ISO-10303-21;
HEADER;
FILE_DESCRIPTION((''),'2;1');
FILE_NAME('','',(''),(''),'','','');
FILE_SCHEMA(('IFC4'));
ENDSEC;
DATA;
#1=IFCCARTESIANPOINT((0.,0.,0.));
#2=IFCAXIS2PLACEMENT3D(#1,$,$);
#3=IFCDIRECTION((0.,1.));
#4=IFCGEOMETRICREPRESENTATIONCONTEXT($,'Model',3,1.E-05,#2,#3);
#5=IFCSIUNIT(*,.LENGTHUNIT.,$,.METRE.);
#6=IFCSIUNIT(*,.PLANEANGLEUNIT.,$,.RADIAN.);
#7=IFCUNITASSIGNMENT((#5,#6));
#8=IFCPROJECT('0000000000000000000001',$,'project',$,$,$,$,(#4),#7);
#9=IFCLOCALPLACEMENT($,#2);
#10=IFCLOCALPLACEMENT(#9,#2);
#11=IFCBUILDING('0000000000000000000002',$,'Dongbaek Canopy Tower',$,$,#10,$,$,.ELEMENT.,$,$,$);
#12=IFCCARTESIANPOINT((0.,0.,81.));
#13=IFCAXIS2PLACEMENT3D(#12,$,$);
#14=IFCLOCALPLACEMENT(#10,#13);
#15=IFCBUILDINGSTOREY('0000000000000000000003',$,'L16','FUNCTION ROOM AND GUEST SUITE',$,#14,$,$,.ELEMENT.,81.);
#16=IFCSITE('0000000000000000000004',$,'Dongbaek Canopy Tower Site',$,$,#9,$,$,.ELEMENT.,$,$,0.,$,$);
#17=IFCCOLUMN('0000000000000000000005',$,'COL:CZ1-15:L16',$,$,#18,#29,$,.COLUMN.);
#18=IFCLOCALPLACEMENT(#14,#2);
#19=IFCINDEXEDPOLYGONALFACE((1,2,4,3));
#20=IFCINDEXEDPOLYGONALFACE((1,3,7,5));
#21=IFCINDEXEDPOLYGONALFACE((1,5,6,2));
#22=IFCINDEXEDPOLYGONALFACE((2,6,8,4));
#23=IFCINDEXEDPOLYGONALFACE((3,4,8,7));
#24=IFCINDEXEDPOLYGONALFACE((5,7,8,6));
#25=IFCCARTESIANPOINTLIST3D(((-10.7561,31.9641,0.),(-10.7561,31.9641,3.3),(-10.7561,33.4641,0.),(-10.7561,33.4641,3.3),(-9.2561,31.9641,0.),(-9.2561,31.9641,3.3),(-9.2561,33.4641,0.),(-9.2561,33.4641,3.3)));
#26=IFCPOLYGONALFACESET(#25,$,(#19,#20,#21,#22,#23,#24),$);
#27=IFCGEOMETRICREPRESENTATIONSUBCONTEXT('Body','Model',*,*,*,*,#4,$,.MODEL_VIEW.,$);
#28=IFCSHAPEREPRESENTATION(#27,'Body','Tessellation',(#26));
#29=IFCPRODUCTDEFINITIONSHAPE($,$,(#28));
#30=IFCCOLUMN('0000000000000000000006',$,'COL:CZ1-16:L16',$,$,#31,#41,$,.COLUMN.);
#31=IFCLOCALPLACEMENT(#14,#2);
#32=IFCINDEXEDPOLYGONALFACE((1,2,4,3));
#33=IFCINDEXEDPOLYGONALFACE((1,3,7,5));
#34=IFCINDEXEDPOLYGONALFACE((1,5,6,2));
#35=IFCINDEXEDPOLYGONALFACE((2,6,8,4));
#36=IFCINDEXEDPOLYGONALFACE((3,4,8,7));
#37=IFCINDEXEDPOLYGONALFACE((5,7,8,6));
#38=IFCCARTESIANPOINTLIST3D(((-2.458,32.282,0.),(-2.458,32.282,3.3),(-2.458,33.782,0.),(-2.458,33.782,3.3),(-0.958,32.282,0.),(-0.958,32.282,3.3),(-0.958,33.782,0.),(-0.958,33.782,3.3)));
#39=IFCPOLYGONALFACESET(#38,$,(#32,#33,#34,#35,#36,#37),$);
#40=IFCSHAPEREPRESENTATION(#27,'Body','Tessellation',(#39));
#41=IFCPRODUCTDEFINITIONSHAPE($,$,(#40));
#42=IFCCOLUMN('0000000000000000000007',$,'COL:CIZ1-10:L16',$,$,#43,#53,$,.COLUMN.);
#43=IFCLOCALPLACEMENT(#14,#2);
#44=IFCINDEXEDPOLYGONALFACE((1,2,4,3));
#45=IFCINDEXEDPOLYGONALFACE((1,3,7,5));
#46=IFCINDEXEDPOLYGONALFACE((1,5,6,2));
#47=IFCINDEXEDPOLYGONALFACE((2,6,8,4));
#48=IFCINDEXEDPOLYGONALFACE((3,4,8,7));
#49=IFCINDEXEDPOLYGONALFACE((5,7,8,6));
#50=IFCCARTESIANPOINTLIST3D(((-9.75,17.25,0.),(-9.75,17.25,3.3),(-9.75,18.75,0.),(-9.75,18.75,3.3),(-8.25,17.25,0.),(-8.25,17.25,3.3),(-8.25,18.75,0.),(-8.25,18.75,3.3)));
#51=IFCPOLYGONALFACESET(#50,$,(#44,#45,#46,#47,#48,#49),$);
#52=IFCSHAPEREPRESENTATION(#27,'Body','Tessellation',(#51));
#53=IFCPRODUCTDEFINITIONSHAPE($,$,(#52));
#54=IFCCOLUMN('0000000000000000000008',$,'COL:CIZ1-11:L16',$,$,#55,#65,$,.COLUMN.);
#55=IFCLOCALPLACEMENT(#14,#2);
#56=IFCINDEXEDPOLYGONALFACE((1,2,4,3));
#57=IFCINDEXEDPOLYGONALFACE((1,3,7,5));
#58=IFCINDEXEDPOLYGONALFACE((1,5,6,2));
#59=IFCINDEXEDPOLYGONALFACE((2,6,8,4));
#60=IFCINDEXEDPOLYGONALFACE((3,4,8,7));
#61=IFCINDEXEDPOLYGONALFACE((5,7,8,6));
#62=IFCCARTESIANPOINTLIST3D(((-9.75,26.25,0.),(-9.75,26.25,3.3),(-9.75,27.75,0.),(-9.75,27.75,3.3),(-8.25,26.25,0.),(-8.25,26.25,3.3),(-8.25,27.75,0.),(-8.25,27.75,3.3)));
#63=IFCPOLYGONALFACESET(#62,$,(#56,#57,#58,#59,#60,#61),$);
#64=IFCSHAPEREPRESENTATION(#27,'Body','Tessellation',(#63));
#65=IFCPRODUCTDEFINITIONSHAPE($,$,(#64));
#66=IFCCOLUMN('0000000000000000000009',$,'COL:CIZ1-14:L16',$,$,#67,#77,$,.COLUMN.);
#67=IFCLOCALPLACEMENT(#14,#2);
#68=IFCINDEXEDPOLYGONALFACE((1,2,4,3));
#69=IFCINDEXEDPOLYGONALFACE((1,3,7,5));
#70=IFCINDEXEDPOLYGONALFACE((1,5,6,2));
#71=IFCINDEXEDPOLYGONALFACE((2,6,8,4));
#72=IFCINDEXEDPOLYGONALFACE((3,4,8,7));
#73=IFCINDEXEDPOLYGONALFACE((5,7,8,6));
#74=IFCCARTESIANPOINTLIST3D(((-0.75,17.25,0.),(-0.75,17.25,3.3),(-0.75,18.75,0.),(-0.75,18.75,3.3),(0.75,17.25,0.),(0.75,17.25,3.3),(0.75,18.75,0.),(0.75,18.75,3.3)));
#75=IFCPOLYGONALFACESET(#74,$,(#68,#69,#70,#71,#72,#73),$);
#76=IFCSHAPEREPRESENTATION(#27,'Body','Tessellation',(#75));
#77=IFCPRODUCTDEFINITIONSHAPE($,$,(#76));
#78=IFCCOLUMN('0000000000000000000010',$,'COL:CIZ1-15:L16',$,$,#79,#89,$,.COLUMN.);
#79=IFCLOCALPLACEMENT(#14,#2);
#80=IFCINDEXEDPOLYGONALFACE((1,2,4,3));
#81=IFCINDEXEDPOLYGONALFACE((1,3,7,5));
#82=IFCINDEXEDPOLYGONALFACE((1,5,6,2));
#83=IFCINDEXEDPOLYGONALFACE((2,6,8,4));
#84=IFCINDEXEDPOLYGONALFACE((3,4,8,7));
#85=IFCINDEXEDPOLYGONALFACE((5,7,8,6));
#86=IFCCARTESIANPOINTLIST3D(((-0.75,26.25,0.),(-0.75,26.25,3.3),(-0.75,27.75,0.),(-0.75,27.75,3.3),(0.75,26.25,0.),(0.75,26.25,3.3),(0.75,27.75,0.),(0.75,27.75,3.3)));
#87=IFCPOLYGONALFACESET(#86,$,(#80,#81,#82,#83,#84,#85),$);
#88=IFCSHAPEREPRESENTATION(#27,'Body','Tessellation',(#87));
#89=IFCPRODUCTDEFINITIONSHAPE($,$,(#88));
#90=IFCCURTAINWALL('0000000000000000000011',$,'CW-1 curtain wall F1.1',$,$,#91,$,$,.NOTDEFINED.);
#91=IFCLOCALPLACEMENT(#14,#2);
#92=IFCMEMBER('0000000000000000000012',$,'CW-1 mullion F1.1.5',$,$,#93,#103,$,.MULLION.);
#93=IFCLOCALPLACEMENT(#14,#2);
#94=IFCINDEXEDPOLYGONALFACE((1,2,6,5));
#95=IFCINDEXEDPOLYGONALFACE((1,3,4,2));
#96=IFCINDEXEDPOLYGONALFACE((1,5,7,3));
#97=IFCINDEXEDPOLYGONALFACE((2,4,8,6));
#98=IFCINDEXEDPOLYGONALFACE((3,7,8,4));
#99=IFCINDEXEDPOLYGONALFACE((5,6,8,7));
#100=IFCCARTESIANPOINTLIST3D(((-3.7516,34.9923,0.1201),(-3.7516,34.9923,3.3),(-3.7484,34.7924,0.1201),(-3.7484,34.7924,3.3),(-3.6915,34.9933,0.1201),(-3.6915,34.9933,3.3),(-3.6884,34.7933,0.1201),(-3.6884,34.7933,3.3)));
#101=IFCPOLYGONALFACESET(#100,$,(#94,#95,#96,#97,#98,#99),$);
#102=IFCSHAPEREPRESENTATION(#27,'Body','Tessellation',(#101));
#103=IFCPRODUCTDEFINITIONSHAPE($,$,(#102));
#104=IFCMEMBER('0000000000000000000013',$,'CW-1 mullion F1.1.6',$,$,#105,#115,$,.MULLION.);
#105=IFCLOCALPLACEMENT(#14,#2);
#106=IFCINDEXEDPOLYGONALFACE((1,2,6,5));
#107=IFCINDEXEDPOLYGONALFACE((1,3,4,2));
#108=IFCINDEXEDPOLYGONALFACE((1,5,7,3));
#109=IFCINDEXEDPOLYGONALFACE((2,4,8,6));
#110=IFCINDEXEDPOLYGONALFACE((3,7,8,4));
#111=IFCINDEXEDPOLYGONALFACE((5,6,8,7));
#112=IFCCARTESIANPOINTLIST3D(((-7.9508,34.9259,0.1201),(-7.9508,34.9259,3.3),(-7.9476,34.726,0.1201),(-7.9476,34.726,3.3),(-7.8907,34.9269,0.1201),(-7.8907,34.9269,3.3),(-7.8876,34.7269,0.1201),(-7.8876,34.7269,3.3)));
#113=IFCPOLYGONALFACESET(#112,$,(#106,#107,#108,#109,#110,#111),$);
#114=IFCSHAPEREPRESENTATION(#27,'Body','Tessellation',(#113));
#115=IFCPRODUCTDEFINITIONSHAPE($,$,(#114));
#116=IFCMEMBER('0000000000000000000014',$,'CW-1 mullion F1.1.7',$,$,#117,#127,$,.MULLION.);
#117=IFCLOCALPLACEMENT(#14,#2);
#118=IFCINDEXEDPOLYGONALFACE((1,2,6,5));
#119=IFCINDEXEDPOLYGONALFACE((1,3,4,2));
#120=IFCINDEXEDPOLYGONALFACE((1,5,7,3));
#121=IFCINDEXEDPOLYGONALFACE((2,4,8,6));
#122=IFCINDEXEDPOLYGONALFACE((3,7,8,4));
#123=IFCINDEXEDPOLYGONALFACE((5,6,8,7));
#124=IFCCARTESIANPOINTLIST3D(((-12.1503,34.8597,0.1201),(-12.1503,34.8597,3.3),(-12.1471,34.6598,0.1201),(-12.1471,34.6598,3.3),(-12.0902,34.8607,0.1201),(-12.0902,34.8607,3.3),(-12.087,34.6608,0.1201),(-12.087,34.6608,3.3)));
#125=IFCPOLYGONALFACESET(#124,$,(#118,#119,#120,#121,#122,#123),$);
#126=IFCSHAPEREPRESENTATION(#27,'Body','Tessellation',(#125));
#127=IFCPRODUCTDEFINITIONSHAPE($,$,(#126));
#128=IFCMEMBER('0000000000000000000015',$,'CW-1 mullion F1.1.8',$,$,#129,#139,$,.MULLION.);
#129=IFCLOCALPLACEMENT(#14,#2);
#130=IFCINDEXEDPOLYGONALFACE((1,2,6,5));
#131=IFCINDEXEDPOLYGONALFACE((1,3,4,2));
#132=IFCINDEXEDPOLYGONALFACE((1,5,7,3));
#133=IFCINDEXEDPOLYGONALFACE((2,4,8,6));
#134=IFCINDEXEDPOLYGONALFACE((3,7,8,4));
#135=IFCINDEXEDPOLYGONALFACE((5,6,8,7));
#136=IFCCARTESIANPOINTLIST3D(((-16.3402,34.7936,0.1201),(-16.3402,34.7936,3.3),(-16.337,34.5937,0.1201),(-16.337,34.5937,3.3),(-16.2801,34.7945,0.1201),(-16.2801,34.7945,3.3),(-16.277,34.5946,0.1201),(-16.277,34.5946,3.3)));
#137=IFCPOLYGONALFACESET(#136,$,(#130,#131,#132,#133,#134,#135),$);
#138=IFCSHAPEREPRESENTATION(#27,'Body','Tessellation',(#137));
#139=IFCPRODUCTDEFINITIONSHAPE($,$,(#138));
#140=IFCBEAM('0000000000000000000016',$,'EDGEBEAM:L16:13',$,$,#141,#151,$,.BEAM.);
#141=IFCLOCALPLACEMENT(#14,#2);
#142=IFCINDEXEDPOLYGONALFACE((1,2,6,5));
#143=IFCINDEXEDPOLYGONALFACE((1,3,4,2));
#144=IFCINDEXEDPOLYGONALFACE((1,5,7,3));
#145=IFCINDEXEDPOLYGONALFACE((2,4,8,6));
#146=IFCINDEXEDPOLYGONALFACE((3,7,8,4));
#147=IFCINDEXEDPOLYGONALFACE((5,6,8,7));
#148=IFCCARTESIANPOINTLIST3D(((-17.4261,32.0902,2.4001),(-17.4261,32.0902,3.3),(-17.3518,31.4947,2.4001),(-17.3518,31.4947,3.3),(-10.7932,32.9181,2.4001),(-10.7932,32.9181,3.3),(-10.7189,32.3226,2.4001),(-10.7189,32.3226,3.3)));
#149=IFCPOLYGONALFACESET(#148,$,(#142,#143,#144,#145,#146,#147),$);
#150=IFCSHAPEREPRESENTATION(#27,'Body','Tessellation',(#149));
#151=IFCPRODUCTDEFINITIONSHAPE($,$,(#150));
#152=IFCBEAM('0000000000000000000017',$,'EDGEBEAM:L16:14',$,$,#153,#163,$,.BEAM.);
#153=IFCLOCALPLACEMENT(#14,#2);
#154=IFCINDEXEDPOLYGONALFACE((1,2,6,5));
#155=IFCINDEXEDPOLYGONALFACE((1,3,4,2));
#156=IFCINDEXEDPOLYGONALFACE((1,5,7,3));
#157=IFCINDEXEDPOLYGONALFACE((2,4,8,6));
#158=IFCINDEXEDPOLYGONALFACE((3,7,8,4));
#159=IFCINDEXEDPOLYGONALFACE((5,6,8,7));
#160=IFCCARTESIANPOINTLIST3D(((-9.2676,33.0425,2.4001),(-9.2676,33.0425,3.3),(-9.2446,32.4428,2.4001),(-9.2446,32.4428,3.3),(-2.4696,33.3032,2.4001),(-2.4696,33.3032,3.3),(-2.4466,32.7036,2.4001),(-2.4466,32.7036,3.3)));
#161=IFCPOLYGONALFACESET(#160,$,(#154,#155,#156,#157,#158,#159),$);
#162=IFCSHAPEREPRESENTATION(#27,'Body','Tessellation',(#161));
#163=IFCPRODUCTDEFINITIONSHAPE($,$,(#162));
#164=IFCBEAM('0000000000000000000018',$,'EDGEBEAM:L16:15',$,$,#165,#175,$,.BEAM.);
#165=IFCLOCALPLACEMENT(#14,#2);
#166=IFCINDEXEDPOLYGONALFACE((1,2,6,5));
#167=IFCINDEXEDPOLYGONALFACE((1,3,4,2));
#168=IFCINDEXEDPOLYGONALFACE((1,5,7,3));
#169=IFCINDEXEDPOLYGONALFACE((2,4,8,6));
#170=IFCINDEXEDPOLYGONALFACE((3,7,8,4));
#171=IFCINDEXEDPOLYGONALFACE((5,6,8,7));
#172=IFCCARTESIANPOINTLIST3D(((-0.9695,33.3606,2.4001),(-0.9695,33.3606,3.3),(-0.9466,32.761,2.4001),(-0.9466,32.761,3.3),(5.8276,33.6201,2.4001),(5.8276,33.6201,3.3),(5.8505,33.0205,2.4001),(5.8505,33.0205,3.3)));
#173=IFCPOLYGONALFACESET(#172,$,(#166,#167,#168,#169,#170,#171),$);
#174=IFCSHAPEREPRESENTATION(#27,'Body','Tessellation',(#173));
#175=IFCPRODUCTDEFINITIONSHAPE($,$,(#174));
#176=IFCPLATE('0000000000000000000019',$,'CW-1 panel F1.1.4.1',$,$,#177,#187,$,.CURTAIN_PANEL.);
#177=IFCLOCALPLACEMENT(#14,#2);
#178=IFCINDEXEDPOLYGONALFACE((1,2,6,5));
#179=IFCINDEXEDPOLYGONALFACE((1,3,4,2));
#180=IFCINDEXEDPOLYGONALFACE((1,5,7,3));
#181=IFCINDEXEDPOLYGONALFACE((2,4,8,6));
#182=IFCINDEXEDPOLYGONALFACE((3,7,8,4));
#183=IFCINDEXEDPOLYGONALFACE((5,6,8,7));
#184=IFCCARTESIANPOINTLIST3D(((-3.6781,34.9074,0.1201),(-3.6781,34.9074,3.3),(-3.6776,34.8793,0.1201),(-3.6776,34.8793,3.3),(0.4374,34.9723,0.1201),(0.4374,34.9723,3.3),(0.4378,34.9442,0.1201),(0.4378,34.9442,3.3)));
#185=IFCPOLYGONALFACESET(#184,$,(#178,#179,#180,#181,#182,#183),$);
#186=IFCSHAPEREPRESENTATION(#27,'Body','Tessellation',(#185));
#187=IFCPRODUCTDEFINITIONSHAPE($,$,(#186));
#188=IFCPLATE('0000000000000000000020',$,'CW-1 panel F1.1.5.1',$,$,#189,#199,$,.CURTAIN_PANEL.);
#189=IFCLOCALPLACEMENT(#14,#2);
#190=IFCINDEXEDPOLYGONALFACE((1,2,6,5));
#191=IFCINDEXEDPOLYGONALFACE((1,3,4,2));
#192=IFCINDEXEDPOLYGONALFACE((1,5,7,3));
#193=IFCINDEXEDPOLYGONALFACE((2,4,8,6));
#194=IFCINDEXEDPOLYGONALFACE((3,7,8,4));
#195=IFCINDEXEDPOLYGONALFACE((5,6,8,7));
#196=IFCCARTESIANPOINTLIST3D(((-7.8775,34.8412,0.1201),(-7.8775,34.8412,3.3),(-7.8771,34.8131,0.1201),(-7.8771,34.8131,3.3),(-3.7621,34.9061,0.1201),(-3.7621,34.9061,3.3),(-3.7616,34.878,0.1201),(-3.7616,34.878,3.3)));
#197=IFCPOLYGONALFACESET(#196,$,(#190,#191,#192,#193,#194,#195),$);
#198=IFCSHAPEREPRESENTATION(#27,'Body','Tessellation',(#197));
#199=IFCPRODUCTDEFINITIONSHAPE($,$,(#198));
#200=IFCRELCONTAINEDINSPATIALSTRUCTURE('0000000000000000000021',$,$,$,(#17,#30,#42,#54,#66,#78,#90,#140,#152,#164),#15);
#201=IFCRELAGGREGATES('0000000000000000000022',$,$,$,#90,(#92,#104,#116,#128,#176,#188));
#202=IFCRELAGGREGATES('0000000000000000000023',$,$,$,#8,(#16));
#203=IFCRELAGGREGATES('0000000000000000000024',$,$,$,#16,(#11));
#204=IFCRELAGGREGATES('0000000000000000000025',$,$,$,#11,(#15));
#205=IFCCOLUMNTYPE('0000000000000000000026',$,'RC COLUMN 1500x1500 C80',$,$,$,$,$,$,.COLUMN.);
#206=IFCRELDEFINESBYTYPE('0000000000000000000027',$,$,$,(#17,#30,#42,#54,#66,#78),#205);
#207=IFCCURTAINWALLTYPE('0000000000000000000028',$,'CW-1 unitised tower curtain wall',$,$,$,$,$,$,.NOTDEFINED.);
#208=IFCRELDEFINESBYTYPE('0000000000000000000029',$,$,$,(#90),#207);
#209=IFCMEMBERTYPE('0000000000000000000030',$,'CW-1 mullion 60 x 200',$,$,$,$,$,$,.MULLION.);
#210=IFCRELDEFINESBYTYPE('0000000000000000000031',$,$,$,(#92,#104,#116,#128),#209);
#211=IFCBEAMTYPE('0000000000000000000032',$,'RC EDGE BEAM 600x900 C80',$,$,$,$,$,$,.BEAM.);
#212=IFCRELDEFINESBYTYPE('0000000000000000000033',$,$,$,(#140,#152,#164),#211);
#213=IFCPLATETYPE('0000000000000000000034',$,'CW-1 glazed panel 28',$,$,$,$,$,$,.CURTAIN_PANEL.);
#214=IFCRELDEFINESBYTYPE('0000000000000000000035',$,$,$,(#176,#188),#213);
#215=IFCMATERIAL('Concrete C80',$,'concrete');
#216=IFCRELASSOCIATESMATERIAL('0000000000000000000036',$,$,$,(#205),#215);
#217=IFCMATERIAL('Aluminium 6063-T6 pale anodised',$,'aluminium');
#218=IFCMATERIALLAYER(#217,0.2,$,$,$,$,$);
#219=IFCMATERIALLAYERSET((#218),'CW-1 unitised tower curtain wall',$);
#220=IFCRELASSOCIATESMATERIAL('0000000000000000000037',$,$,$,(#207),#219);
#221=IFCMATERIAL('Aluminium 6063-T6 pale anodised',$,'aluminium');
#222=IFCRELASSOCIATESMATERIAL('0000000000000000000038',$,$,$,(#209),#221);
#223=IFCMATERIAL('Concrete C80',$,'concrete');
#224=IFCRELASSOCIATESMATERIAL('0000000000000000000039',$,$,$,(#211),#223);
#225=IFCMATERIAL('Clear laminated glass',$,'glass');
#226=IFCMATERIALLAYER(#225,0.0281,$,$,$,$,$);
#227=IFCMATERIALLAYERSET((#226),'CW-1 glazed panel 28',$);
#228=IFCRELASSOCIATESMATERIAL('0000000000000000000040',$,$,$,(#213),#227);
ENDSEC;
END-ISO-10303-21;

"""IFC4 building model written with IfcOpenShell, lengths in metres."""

from ifc_helpers import new_model, si_unit, direction, frame, origin, origin_2d, place, context, subcontext, project, spatial, rectangle, extrude, material, layer, layer_set, material_profile, profile_set, type_object, element, aggregate, save


model = new_model("IFC4")

# Units and contexts
model_context = context("Model", 3, precision=1e-05, world=origin(), true_north=direction((0.0, 1.0)))
body_context = subcontext(model_context, "Body", "Model", "MODEL_VIEW")
ifc_project = project(units=[si_unit("LENGTHUNIT", "METRE"), si_unit("PLANEANGLEUNIT", "RADIAN")], contexts=[model_context])

# Site, building, storey
site_placement = place(None, origin())
site = spatial("IfcSite", under=ifc_project, at=site_placement, Name="Dongbaek Canopy Tower Site", CompositionType="ELEMENT", RefElevation=0.0)
building_placement = place(site_placement, origin())
building = spatial("IfcBuilding", under=site, at=building_placement, Name="Dongbaek Canopy Tower", CompositionType="ELEMENT")
storey_placement = place(building_placement, frame((0.0, 0.0, 81.0)))
storey = spatial("IfcBuildingStorey", under=building, at=storey_placement, Name="L16", Description="FUNCTION ROOM AND GUEST SUITE", CompositionType="ELEMENT", Elevation=81.0)

# Columns
ifc_material_1 = material(Name="Concrete C80", Category="concrete")
ifc_material_profile_1 = material_profile(ifc_material_1, rectangle(XDim=1.5, YDim=1.5, at=origin_2d()), Name="RC COLUMN 1500x1500 C80")
ifc_profile_set_1 = profile_set([ifc_material_profile_1], Name="Concrete C80")
column_type = type_object("IfcColumnType", Name="RC COLUMN 1500x1500 C80", PredefinedType="COLUMN", material=ifc_profile_set_1)
for number, where, z_axis, x_axis, name in (
    (1, (-10.0061, 32.7141, 0.0), (0.0, 0.0, 1.0), (1.0, 0.0, 0.0), "COL:CZ1-15:L16"),
    (2, (-1.708, 33.032, 0.0), (0.0, 0.0, 1.0), (1.0, 0.0, 0.0), "COL:CZ1-16:L16"),
    (3, (-9.0, 18.0, 0.0), (0.0, 0.0, 1.0), (1.0, 0.0, 0.0), "COL:CIZ1-10:L16"),
    (4, (-9.0, 27.0, 0.0), (0.0, 0.0, 1.0), (1.0, 0.0, 0.0), "COL:CIZ1-11:L16"),
    (5, (0.0, 18.0, 0.0), (0.0, 0.0, 1.0), (1.0, 0.0, 0.0), "COL:CIZ1-14:L16"),
    (6, (0.0, 27.0, 0.0), (0.0, 0.0, 1.0), (1.0, 0.0, 0.0), "COL:CIZ1-15:L16"),
):
    element("IfcColumn", number, at=place(storey_placement, frame(where, z_axis=z_axis, x_axis=x_axis)), inside=storey, type_object=column_type, Name=name, PredefinedType="COLUMN", context=body_context, shape_type="SweptSolid", body=[
        extrude(rectangle(XDim=1.5, YDim=1.5, at=origin_2d()), origin(), (0.0, 0.0, 1.0), 3.3),
    ])

# Curtain wall, members
ifc_material_2 = material(Name="Aluminium 6063-T6 pale anodised", Category="aluminium")
ifc_layer_1 = layer(ifc_material_2, 0.2)
ifc_layer_set_1 = layer_set([ifc_layer_1], Name="CW-1 unitised tower curtain wall")
curtain_wall_type = type_object("IfcCurtainWallType", Name="CW-1 unitised tower curtain wall", PredefinedType="NOTDEFINED", material=ifc_layer_set_1)
curtain_wall_1_placement = place(storey_placement, origin())
curtain_wall_1 = element("IfcCurtainWall", 7, at=curtain_wall_1_placement, inside=storey, type_object=curtain_wall_type, Name="CW-1 curtain wall F1.1", PredefinedType="NOTDEFINED")
ifc_material_3 = material(Name="Aluminium 6063-T6 pale anodised", Category="aluminium")
ifc_material_profile_2 = material_profile(ifc_material_3, rectangle(XDim=0.2, YDim=0.0601, at=origin_2d()), Name="CW-1 mullion 60 x 200")
ifc_profile_set_2 = profile_set([ifc_material_profile_2], Name="Aluminium 6063-T6 pale anodised")
member_type = type_object("IfcMemberType", Name="CW-1 mullion 60 x 200", PredefinedType="MULLION", material=ifc_profile_set_2)
member_1_placement = place(storey_placement, frame((-3.72, 34.8928, 0.1201), z_axis=(0.0, 0.0, 1.0), x_axis=(-0.015774, 0.999876, 0.0)))
member_1 = element("IfcMember", 8, at=member_1_placement, type_object=member_type, Name="CW-1 mullion F1.1.5", PredefinedType="MULLION", context=body_context, shape_type="SweptSolid", body=[
    extrude(rectangle(XDim=0.2, YDim=0.0601, at=origin_2d()), origin(), (0.0, 0.0, 1.0), 3.1799),
])
member_2_placement = place(storey_placement, frame((-7.9192, 34.8264, 0.1201), z_axis=(0.0, 0.0, 1.0), x_axis=(-0.015774, 0.999876, 0.0)))
member_2 = element("IfcMember", 9, at=member_2_placement, type_object=member_type, Name="CW-1 mullion F1.1.6", PredefinedType="MULLION", context=body_context, shape_type="SweptSolid", body=[
    extrude(rectangle(XDim=0.2, YDim=0.0601, at=origin_2d()), origin(), (0.0, 0.0, 1.0), 3.1799),
])
member_3_placement = place(storey_placement, frame((-12.1187, 34.7603, 0.1201), z_axis=(0.0, 0.0, 1.0), x_axis=(-0.015774, 0.999876, 0.0)))
member_3 = element("IfcMember", 10, at=member_3_placement, type_object=member_type, Name="CW-1 mullion F1.1.7", PredefinedType="MULLION", context=body_context, shape_type="SweptSolid", body=[
    extrude(rectangle(XDim=0.2, YDim=0.0601, at=origin_2d()), origin(), (0.0, 0.0, 1.0), 3.1799),
])
member_4_placement = place(storey_placement, frame((-16.3086, 34.6941, 0.1201), z_axis=(0.0, 0.0, 1.0), x_axis=(-0.015774, 0.999876, 0.0)))
member_4 = element("IfcMember", 11, at=member_4_placement, type_object=member_type, Name="CW-1 mullion F1.1.8", PredefinedType="MULLION", context=body_context, shape_type="SweptSolid", body=[
    extrude(rectangle(XDim=0.2, YDim=0.0601, at=origin_2d()), origin(), (0.0, 0.0, 1.0), 3.1799),
])

# Beams
ifc_material_4 = material(Name="Concrete C80", Category="concrete")
ifc_material_profile_3 = material_profile(ifc_material_4, rectangle(XDim=0.6001, YDim=0.8999, at=origin_2d()), Name="RC EDGE BEAM 600x900 C80")
ifc_profile_set_3 = profile_set([ifc_material_profile_3], Name="Concrete C80")
beam_type = type_object("IfcBeamType", Name="RC EDGE BEAM 600x900 C80", PredefinedType="BEAM", material=ifc_profile_set_3)
beam_1_placement = place(storey_placement, frame((-17.3889, 31.7925, 2.8501), z_axis=(0.9923, 0.123855, 0.0), x_axis=(-0.123855, 0.9923, 0.0)))
element("IfcBeam", 12, at=beam_1_placement, inside=storey, type_object=beam_type, Name="EDGEBEAM:L16:13", PredefinedType="BEAM", context=body_context, shape_type="SweptSolid", body=[
    extrude(rectangle(XDim=0.6001, YDim=0.8999, at=origin_2d()), origin(), (0.0, 0.0, 1.0), 6.6843),
])
beam_2_placement = place(storey_placement, frame((-9.2561, 32.7427, 2.8501), z_axis=(0.999265, 0.038327, 0.0), x_axis=(-0.038327, 0.999265, 0.0)))
element("IfcBeam", 13, at=beam_2_placement, inside=storey, type_object=beam_type, Name="EDGEBEAM:L16:14", PredefinedType="BEAM", context=body_context, shape_type="SweptSolid", body=[
    extrude(rectangle(XDim=0.6001, YDim=0.8999, at=origin_2d()), origin(), (0.0, 0.0, 1.0), 6.803),
])
beam_3_placement = place(storey_placement, frame((-0.958, 33.0608, 2.8501), z_axis=(0.999272, 0.038153, 0.0), x_axis=(-0.038153, 0.999272, 0.0)))
element("IfcBeam", 14, at=beam_3_placement, inside=storey, type_object=beam_type, Name="EDGEBEAM:L16:15", PredefinedType="BEAM", context=body_context, shape_type="SweptSolid", body=[
    extrude(rectangle(XDim=0.6001, YDim=0.8999, at=origin_2d()), origin(), (0.0, 0.0, 1.0), 6.802),
])

# Plates
ifc_material_5 = material(Name="Clear laminated glass", Category="glass")
ifc_layer_2 = layer(ifc_material_5, 0.0281)
ifc_layer_set_2 = layer_set([ifc_layer_2], Name="CW-1 glazed panel 28")
plate_type = type_object("IfcPlateType", Name="CW-1 glazed panel 28", PredefinedType="CURTAIN_PANEL", material=ifc_layer_set_2)
plate_1_placement = place(storey_placement, frame((-1.6201, 34.9258, 0.1201), z_axis=(0.0, 0.0, 1.0), x_axis=(-0.999876, -0.015774, 0.0)))
plate_1 = element("IfcPlate", 15, at=plate_1_placement, type_object=plate_type, Name="CW-1 panel F1.1.4.1", PredefinedType="CURTAIN_PANEL", context=body_context, shape_type="SweptSolid", body=[
    extrude(rectangle(XDim=4.116, YDim=0.0281, at=origin_2d()), origin(), (0.0, 0.0, 1.0), 3.1799),
])
plate_2_placement = place(storey_placement, frame((-5.8196, 34.8596, 0.1201), z_axis=(0.0, 0.0, 1.0), x_axis=(-0.999876, -0.015774, 0.0)))
plate_2 = element("IfcPlate", 16, at=plate_2_placement, type_object=plate_type, Name="CW-1 panel F1.1.5.1", PredefinedType="CURTAIN_PANEL", context=body_context, shape_type="SweptSolid", body=[
    extrude(rectangle(XDim=4.116, YDim=0.0281, at=origin_2d()), origin(), (0.0, 0.0, 1.0), 3.1799),
])

aggregate(curtain_wall_1, [member_1, member_2, member_3, member_4, plate_1, plate_2])

save(model, "model.ifc")
